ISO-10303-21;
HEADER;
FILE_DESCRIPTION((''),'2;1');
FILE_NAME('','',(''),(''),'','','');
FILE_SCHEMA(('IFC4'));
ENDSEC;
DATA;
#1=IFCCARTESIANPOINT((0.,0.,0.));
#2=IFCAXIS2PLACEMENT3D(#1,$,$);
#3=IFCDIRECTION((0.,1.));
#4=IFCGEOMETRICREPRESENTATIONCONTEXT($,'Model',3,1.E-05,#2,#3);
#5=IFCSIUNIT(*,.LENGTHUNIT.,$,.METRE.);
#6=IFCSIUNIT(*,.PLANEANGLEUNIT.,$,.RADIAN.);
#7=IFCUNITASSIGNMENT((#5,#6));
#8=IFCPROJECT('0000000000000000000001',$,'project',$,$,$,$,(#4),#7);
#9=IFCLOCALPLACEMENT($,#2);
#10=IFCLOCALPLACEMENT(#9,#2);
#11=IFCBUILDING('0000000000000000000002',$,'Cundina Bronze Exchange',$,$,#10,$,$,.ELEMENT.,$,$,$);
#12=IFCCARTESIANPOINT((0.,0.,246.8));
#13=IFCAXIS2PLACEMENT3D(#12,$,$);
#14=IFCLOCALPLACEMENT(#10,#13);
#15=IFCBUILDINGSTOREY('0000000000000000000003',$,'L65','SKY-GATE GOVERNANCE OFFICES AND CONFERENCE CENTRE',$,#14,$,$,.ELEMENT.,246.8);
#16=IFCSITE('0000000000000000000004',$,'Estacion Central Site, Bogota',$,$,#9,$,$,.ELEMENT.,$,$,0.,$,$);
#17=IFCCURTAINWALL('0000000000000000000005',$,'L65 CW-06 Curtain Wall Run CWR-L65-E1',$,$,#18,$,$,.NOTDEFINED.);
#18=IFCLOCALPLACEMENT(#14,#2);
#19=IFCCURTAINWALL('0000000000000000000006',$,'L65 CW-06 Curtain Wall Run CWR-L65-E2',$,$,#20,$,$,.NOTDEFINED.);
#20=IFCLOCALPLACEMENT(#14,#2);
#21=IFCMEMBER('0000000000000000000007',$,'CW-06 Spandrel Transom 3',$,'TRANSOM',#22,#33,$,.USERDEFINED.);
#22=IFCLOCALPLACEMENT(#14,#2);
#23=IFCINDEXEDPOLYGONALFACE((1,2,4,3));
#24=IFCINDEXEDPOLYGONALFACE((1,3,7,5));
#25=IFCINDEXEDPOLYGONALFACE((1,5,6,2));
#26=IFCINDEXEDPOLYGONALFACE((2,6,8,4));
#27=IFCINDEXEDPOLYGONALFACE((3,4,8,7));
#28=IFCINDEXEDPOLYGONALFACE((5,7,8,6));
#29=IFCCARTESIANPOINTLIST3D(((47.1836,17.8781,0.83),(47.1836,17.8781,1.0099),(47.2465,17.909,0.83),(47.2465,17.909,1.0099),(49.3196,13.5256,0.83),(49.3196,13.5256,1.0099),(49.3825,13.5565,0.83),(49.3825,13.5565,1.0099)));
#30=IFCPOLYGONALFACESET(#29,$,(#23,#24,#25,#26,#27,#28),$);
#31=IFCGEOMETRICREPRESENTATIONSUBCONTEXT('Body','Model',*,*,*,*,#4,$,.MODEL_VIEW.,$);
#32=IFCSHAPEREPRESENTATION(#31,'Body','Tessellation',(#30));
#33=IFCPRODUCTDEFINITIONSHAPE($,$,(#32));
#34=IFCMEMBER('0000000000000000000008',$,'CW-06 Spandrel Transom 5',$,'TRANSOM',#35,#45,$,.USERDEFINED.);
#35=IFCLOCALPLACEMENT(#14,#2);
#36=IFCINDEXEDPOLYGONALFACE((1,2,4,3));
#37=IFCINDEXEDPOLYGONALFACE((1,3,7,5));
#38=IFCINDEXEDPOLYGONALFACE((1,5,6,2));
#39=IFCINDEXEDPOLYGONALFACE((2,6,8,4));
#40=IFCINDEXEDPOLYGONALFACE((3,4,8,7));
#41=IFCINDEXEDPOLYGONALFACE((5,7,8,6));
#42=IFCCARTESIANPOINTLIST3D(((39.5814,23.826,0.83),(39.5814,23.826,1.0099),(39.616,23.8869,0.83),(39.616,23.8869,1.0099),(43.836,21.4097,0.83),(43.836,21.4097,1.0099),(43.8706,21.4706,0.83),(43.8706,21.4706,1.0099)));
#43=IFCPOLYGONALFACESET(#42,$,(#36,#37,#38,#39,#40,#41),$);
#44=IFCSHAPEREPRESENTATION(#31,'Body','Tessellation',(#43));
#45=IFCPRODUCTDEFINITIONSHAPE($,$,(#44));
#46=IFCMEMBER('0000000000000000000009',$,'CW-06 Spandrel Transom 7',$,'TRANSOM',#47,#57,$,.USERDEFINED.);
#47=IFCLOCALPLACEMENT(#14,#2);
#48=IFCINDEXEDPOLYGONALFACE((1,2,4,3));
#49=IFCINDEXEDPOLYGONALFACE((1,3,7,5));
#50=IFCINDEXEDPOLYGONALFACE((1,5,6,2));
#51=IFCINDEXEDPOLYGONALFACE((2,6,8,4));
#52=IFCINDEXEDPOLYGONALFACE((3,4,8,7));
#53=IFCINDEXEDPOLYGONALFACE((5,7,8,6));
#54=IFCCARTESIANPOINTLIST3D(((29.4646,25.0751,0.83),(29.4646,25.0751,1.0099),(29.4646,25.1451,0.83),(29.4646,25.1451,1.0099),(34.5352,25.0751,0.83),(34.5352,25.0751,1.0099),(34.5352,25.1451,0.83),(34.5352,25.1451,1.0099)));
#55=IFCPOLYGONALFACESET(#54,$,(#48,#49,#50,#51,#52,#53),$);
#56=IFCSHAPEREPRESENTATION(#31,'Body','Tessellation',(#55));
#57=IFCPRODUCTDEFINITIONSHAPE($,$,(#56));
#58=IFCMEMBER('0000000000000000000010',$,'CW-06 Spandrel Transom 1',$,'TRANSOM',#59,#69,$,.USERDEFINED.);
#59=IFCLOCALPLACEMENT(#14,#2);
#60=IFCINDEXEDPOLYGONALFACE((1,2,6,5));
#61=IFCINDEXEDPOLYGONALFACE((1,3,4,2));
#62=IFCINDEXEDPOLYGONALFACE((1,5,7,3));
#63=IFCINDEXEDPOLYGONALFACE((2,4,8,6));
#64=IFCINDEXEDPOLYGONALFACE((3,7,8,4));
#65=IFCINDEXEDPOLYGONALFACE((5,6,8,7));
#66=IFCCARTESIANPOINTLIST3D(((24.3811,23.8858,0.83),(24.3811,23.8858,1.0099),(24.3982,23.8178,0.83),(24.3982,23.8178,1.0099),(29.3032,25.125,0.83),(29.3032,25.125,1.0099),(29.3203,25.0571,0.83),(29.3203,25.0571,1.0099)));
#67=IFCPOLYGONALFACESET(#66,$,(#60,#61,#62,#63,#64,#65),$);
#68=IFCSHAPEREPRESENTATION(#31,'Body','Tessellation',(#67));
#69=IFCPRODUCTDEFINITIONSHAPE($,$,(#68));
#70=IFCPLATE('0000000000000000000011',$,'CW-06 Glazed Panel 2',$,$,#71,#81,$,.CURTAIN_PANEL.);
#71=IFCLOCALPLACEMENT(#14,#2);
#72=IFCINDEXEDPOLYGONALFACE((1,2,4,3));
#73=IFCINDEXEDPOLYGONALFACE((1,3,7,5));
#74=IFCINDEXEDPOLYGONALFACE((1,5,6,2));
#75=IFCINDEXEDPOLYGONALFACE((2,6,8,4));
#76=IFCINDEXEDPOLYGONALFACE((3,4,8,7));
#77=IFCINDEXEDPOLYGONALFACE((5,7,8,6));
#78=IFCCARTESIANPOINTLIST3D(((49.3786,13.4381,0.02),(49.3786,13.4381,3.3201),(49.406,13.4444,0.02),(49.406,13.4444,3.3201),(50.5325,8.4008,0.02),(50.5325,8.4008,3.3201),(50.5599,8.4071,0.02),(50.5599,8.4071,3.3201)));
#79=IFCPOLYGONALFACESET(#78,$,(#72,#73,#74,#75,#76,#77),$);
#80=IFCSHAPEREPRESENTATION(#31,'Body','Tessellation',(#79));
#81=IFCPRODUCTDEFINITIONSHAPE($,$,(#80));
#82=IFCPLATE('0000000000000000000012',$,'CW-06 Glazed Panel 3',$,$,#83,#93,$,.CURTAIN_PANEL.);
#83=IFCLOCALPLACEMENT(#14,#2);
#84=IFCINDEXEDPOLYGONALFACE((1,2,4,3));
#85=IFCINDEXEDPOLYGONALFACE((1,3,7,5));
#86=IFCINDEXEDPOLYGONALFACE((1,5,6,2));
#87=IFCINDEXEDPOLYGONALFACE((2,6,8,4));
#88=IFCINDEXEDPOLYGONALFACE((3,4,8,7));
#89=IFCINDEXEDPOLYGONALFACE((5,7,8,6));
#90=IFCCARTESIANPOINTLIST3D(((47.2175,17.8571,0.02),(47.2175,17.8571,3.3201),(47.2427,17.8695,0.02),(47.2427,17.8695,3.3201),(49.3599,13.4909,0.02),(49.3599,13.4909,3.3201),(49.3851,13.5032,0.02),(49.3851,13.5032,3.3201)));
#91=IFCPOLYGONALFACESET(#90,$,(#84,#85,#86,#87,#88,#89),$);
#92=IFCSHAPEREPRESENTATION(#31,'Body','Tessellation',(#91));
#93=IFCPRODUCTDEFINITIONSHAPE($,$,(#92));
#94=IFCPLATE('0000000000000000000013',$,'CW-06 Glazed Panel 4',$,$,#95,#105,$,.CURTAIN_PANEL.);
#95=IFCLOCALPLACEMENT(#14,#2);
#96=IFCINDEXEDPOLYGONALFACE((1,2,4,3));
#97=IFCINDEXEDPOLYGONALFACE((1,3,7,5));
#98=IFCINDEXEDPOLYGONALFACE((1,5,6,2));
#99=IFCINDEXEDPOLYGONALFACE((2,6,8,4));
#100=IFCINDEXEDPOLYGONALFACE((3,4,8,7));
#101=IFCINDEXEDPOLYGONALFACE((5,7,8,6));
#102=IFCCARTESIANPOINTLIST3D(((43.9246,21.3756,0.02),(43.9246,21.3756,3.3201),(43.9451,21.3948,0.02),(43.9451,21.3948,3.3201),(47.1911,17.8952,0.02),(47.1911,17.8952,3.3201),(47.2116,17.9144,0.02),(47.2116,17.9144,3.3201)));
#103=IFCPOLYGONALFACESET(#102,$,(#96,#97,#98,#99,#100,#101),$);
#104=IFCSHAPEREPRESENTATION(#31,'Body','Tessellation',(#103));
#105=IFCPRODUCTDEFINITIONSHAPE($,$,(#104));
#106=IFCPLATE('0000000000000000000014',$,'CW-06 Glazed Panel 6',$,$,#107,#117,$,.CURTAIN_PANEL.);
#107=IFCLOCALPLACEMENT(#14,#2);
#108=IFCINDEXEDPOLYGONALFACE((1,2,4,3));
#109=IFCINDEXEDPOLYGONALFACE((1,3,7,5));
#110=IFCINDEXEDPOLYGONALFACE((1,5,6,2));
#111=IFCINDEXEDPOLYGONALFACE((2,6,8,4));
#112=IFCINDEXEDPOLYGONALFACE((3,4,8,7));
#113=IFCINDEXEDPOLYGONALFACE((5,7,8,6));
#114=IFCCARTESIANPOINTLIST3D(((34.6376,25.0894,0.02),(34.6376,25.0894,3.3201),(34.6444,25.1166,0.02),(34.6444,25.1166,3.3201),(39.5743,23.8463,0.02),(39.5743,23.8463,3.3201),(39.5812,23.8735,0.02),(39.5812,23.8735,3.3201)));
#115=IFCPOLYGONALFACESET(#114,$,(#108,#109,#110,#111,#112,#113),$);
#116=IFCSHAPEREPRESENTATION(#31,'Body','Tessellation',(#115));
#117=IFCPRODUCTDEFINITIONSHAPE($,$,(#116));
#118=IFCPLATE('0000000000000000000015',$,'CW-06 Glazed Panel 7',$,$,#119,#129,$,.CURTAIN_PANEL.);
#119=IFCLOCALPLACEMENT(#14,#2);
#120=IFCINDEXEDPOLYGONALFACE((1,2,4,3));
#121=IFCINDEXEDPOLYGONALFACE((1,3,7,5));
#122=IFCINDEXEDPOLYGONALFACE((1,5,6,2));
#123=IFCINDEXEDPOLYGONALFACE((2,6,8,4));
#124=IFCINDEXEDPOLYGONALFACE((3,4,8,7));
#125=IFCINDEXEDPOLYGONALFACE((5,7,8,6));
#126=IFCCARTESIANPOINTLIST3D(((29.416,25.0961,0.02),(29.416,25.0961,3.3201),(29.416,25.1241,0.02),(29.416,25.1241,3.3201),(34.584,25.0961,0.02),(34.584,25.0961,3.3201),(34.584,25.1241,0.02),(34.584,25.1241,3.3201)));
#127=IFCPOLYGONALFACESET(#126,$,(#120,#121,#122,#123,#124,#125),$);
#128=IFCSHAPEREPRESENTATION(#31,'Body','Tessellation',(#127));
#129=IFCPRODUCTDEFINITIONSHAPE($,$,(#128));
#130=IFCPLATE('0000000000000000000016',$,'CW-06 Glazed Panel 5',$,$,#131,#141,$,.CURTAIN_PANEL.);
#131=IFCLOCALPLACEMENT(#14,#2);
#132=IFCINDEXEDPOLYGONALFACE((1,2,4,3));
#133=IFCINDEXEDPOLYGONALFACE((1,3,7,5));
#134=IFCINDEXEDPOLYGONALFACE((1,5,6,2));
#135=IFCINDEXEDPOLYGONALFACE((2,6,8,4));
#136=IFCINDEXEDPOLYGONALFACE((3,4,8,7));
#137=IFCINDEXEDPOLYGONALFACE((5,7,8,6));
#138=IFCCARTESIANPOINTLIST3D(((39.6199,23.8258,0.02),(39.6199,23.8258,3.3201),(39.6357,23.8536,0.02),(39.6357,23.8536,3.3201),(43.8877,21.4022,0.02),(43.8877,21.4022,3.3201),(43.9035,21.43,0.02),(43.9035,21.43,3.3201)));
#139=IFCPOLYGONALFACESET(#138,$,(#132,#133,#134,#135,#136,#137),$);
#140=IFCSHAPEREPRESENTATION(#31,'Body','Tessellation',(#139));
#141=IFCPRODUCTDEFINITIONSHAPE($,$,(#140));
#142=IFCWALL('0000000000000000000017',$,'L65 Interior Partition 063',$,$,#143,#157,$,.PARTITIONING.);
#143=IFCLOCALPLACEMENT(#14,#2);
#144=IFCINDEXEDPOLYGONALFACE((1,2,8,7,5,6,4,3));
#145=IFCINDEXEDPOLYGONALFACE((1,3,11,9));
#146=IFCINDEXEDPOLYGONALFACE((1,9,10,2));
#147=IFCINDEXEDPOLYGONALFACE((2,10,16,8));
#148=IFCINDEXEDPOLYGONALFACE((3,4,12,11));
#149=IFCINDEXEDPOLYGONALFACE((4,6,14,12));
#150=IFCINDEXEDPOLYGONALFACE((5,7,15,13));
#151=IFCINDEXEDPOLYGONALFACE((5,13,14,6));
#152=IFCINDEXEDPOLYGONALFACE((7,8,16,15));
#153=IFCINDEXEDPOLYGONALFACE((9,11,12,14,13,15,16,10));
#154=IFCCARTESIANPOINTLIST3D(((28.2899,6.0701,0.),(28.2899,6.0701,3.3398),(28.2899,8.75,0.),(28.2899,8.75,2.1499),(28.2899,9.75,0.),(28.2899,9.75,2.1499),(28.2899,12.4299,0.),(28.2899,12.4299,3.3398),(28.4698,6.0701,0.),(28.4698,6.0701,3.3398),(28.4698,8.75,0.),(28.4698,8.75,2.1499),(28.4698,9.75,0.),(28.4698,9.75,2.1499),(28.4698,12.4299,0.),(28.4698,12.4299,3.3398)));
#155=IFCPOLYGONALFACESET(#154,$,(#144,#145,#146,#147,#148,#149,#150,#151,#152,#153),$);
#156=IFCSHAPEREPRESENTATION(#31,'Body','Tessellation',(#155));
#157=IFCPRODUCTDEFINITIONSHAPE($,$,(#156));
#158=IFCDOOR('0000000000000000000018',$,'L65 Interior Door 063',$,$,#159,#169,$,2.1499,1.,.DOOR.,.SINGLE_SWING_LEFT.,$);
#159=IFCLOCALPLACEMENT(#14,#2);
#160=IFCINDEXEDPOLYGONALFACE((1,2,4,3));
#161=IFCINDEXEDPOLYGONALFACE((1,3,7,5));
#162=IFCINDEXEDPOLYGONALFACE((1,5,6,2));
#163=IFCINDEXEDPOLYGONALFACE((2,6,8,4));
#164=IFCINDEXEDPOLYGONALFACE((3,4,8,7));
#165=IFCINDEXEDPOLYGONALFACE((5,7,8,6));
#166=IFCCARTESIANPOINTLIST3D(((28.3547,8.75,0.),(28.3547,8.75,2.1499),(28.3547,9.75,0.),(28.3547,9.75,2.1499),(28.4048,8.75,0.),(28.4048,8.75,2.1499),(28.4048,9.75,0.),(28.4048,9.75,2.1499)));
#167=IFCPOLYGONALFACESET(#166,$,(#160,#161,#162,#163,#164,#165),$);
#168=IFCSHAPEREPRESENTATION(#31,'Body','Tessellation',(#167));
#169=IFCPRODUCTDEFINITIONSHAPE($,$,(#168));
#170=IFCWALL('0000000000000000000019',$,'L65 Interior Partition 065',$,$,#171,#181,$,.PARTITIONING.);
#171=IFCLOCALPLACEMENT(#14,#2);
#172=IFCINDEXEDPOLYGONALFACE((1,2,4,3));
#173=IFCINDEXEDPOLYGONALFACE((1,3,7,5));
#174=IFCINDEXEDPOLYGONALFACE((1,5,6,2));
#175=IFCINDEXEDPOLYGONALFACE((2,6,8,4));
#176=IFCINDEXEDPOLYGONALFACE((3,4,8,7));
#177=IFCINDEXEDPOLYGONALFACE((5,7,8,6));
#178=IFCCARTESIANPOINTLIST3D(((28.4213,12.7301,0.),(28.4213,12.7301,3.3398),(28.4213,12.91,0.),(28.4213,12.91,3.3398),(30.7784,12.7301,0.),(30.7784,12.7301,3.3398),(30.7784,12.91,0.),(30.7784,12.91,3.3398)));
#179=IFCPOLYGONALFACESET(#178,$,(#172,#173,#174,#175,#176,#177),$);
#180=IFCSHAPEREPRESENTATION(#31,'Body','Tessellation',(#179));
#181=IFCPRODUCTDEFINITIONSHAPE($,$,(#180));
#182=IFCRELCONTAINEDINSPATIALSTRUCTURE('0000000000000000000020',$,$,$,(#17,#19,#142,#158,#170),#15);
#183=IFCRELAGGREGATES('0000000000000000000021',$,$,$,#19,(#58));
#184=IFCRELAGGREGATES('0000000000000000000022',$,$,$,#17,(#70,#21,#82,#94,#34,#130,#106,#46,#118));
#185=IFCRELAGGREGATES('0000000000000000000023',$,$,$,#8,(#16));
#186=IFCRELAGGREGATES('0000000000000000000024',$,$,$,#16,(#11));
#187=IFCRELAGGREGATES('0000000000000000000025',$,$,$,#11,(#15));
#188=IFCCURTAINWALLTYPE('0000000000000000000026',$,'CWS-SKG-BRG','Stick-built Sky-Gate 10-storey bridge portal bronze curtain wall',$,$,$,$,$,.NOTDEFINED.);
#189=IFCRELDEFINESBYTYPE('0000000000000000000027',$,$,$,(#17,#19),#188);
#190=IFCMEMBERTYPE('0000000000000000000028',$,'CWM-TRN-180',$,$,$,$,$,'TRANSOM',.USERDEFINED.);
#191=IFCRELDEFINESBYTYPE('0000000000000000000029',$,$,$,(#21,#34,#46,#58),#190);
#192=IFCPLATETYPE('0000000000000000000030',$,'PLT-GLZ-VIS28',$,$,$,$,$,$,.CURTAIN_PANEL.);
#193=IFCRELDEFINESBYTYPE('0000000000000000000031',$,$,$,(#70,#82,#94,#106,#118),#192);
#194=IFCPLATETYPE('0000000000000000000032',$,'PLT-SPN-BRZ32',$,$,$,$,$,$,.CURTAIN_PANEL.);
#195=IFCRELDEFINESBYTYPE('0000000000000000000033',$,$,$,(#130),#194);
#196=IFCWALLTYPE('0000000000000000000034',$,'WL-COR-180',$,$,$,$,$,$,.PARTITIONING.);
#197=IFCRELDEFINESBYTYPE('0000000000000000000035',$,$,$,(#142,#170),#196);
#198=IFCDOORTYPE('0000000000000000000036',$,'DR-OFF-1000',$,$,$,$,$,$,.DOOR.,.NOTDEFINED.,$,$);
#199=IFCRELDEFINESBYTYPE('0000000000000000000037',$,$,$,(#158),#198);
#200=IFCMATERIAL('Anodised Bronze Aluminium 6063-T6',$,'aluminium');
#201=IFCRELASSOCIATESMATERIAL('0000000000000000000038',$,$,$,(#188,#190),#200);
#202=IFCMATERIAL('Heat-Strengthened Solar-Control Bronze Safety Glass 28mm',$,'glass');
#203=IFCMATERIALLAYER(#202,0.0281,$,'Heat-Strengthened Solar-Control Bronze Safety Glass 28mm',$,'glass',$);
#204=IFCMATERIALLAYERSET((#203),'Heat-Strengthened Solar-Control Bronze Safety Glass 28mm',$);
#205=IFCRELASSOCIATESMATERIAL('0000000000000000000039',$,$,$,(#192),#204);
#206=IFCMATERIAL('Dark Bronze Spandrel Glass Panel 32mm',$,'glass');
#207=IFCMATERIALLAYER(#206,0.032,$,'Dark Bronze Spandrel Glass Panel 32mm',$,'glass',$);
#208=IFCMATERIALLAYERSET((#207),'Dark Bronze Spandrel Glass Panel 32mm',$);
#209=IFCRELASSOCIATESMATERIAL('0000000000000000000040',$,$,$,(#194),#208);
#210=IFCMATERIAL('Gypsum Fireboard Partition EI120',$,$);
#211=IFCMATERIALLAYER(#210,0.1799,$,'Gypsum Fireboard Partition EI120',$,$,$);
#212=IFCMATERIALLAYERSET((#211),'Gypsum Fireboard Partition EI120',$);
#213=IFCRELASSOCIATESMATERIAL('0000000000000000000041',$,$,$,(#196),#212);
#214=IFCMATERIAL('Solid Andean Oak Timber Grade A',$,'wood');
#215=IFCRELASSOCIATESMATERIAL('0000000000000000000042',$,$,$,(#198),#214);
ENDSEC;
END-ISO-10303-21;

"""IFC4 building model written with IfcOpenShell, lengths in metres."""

from ifc_helpers import new_model, si_unit, direction, frame, frame_2d, origin, origin_2d, place, context, subcontext, project, spatial, rectangle, extrude, material, layer, layer_set, material_profile, profile_set, type_object, element, fill, aggregate, save


model = new_model("IFC4")

# Units and contexts
model_context = context("Model", 3, precision=1e-05, world=origin(), true_north=direction((0.0, 1.0)))
body_context = subcontext(model_context, "Body", "Model", "MODEL_VIEW")
ifc_project = project(units=[si_unit("LENGTHUNIT", "METRE"), si_unit("PLANEANGLEUNIT", "RADIAN")], contexts=[model_context])

# Site, building, storey
site_placement = place(None, origin())
site = spatial("IfcSite", under=ifc_project, at=site_placement, Name="Estacion Central Site, Bogota", CompositionType="ELEMENT", RefElevation=0.0)
building_placement = place(site_placement, origin())
building = spatial("IfcBuilding", under=site, at=building_placement, Name="Cundina Bronze Exchange", CompositionType="ELEMENT")
storey_placement = place(building_placement, frame((0.0, 0.0, 246.8)))
storey = spatial("IfcBuildingStorey", under=building, at=storey_placement, Name="L65", Description="SKY-GATE GOVERNANCE OFFICES AND CONFERENCE CENTRE", CompositionType="ELEMENT", Elevation=246.8)

# Curtain wall
ifc_material_1 = material(Name="Anodised Bronze Aluminium 6063-T6", Category="aluminium")
curtain_wall_type = type_object("IfcCurtainWallType", Name="CWS-SKG-BRG", Description="Stick-built Sky-Gate 10-storey bridge portal bronze curtain wall", PredefinedType="NOTDEFINED", material=ifc_material_1)
curtain_wall_1_placement = place(storey_placement, origin())
curtain_wall_1 = element("IfcCurtainWall", 1, at=curtain_wall_1_placement, inside=storey, type_object=curtain_wall_type, Name="L65 CW-06 Curtain Wall Run CWR-L65-E1", PredefinedType="NOTDEFINED")

# Curtain wall
curtain_wall_2_placement = place(storey_placement, origin())
curtain_wall_2 = element("IfcCurtainWall", 2, at=curtain_wall_2_placement, inside=storey, type_object=curtain_wall_type, Name="L65 CW-06 Curtain Wall Run CWR-L65-E2", PredefinedType="NOTDEFINED")

# Members
ifc_material_profile_1 = material_profile(ifc_material_1, rectangle(XDim=0.0701, YDim=0.1799, at=origin_2d()), Name="AL70X180", Category="aluminium")
ifc_profile_set_1 = profile_set([ifc_material_profile_1], Name="Anodised Bronze Aluminium 6063-T6")
member_type_1 = type_object("IfcMemberType", Name="CWM-TRN-180", ElementType="TRANSOM", PredefinedType="USERDEFINED", material=ifc_profile_set_1)
member_1_placement = place(storey_placement, frame((49.3511, 13.541, 0.9199), z_axis=(-0.440554, 0.897726, 0.0), x_axis=(-0.897726, -0.440554, 0.0)))
member_1 = element("IfcMember", 3, at=member_1_placement, type_object=member_type_1, Name="CW-06 Spandrel Transom 3", ObjectType="TRANSOM", PredefinedType="USERDEFINED", context=body_context, shape_type="SweptSolid", body=[
    extrude(rectangle(XDim=0.0701, YDim=0.1799, at=origin_2d()), origin(), (0.0, 0.0, 1.0), 4.8484),
])
member_2_placement = place(storey_placement, frame((43.8533, 21.4402, 0.9199), z_axis=(-0.869557, 0.493832, 0.0), x_axis=(-0.493832, -0.869557, 0.0)))
member_2 = element("IfcMember", 4, at=member_2_placement, type_object=member_type_1, Name="CW-06 Spandrel Transom 5", ObjectType="TRANSOM", PredefinedType="USERDEFINED", context=body_context, shape_type="SweptSolid", body=[
    extrude(rectangle(XDim=0.0701, YDim=0.1799, at=origin_2d()), origin(), (0.0, 0.0, 1.0), 4.8928),
])
member_3_placement = place(storey_placement, frame((34.5352, 25.1101, 0.9199), z_axis=(-1.0, 0.0, 0.0), x_axis=(0.0, -1.0, 0.0)))
member_3 = element("IfcMember", 5, at=member_3_placement, type_object=member_type_1, Name="CW-06 Spandrel Transom 7", ObjectType="TRANSOM", PredefinedType="USERDEFINED", context=body_context, shape_type="SweptSolid", body=[
    extrude(rectangle(XDim=0.0701, YDim=0.1799, at=origin_2d()), origin(), (0.0, 0.0, 1.0), 5.0706),
])
member_4_placement = place(storey_placement, frame((29.3118, 25.0911, 0.9199), z_axis=(-0.969737, -0.244154, 0.0), x_axis=(0.244154, -0.969737, 0.0)))
member_4 = element("IfcMember", 6, at=member_4_placement, type_object=member_type_1, Name="CW-06 Spandrel Transom 1", ObjectType="TRANSOM", PredefinedType="USERDEFINED", context=body_context, shape_type="SweptSolid", body=[
    extrude(rectangle(XDim=0.0701, YDim=0.1799, at=origin_2d()), origin(), (0.0, 0.0, 1.0), 5.0757),
])
aggregate(curtain_wall_2, [member_4])

# Plates
ifc_material_2 = material(Name="Heat-Strengthened Solar-Control Bronze Safety Glass 28mm", Category="glass")
ifc_layer_1 = layer(ifc_material_2, 0.0281, Name="Heat-Strengthened Solar-Control Bronze Safety Glass 28mm", Category="glass")
ifc_layer_set_1 = layer_set([ifc_layer_1], Name="Heat-Strengthened Solar-Control Bronze Safety Glass 28mm")
plate_type_1 = type_object("IfcPlateType", Name="PLT-GLZ-VIS28", PredefinedType="CURTAIN_PANEL", material=ifc_layer_set_1)
plate_1_placement = place(storey_placement, frame((49.9692, 10.9226, 0.02), z_axis=(0.0, 0.0, 1.0), x_axis=(-0.223284, 0.974753, 0.0)))
plate_1 = element("IfcPlate", 7, at=plate_1_placement, type_object=plate_type_1, Name="CW-06 Glazed Panel 2", PredefinedType="CURTAIN_PANEL", context=body_context, shape_type="SweptSolid", body=[
    extrude(rectangle(XDim=5.1677, YDim=0.0281, at=origin_2d()), origin(), (0.0, 0.0, 1.0), 3.3),
])
plate_2_placement = place(storey_placement, frame((48.3013, 15.6802, 0.02), z_axis=(0.0, 0.0, 1.0), x_axis=(-0.440503, 0.897751, 0.0)))
plate_2 = element("IfcPlate", 8, at=plate_2_placement, type_object=plate_type_1, Name="CW-06 Glazed Panel 3", PredefinedType="CURTAIN_PANEL", context=body_context, shape_type="SweptSolid", body=[
    extrude(rectangle(XDim=4.8635, YDim=0.0281, at=origin_2d()), origin(), (0.0, 0.0, 1.0), 3.3),
])
plate_3_placement = place(storey_placement, frame((45.5681, 19.645, 0.02), z_axis=(0.0, 0.0, 1.0), x_axis=(-0.684344, 0.72916, 0.0)))
plate_3 = element("IfcPlate", 9, at=plate_3_placement, type_object=plate_type_1, Name="CW-06 Glazed Panel 4", PredefinedType="CURTAIN_PANEL", context=body_context, shape_type="SweptSolid", body=[
    extrude(rectangle(XDim=4.7732, YDim=0.0281, at=origin_2d()), origin(), (0.0, 0.0, 1.0), 3.3),
])
plate_4_placement = place(storey_placement, frame((37.1094, 24.4814, 0.02), z_axis=(0.0, 0.0, 1.0), x_axis=(-0.969732, 0.244174, 0.0)))
plate_4 = element("IfcPlate", 10, at=plate_4_placement, type_object=plate_type_1, Name="CW-06 Glazed Panel 6", PredefinedType="CURTAIN_PANEL", context=body_context, shape_type="SweptSolid", body=[
    extrude(rectangle(XDim=5.0908, YDim=0.0281, at=origin_2d()), origin(), (0.0, 0.0, 1.0), 3.3),
])
plate_5_placement = place(storey_placement, frame((32.0, 25.1101, 0.02), z_axis=(0.0, 0.0, 1.0), x_axis=(-1.0, 0.0, 0.0)))
plate_5 = element("IfcPlate", 11, at=plate_5_placement, type_object=plate_type_1, Name="CW-06 Glazed Panel 7", PredefinedType="CURTAIN_PANEL", context=body_context, shape_type="SweptSolid", body=[
    extrude(rectangle(XDim=5.168, YDim=0.0281, at=origin_2d()), origin(), (0.0, 0.0, 1.0), 3.3),
])
ifc_material_3 = material(Name="Dark Bronze Spandrel Glass Panel 32mm", Category="glass")
ifc_layer_2 = layer(ifc_material_3, 0.032, Name="Dark Bronze Spandrel Glass Panel 32mm", Category="glass")
ifc_layer_set_2 = layer_set([ifc_layer_2], Name="Dark Bronze Spandrel Glass Panel 32mm")
plate_type_2 = type_object("IfcPlateType", Name="PLT-SPN-BRZ32", PredefinedType="CURTAIN_PANEL", material=ifc_layer_set_2)
plate_6_placement = place(storey_placement, frame((41.7617, 22.6279, 0.02), z_axis=(0.0, 0.0, 1.0), x_axis=(-0.869573, 0.493805, 0.0)))
plate_6 = element("IfcPlate", 12, at=plate_6_placement, type_object=plate_type_2, Name="CW-06 Glazed Panel 5", PredefinedType="CURTAIN_PANEL", context=body_context, shape_type="SweptSolid", body=[
    extrude(rectangle(XDim=4.908, YDim=0.032, at=origin_2d()), origin(), (0.0, 0.0, 1.0), 3.3),
])
aggregate(curtain_wall_1, [plate_1, member_1, plate_2, plate_3, member_2, plate_6, plate_4, member_3, plate_5])

# Wall, opening, door
ifc_material_4 = material(Name="Gypsum Fireboard Partition EI120")
ifc_layer_3 = layer(ifc_material_4, 0.1799, Name="Gypsum Fireboard Partition EI120")
ifc_layer_set_3 = layer_set([ifc_layer_3], Name="Gypsum Fireboard Partition EI120")
wall_type_1 = type_object("IfcWallType", Name="WL-COR-180", PredefinedType="PARTITIONING", material=ifc_layer_set_3)
wall_1_placement = place(storey_placement, frame((28.3799, 12.4299, 0.0), z_axis=(0.0, 0.0, 1.0), x_axis=(0.0, -1.0, 0.0)))
wall_1 = element("IfcWall", 13, at=wall_1_placement, inside=storey, type_object=wall_type_1, Name="L65 Interior Partition 063", PredefinedType="PARTITIONING", context=body_context, shape_type="SweptSolid", body=[
    extrude(rectangle(XDim=6.3599, YDim=0.1799, at=frame_2d((3.1799, 0.0))), origin(), (0.0, 0.0, 1.0), 3.3398),
])
opening_1_placement = place(wall_1_placement, frame((2.6799, 0.0, 0.0)))
opening_1 = element("IfcOpeningElement", 14, at=opening_1_placement, cuts=wall_1, PredefinedType="OPENING", context=body_context, shape_type="SweptSolid", body=[
    extrude(rectangle(XDim=1.0, YDim=2.1499, at=frame_2d((0.5, 1.075))), frame((0.0, 0.0999, 0.0), z_axis=(0.0, -1.0, 0.0), x_axis=(1.0, 0.0, 0.0)), (0.0, 0.0, 1.0), 0.2),
])
ifc_material_5 = material(Name="Solid Andean Oak Timber Grade A", Category="wood")
door_type = type_object("IfcDoorType", Name="DR-OFF-1000", OperationType="NOTDEFINED", PredefinedType="DOOR", material=ifc_material_5)
door_1_placement = place(opening_1_placement, origin())
door_1 = element("IfcDoor", 15, at=door_1_placement, inside=storey, type_object=door_type, Name="L65 Interior Door 063", OperationType="SINGLE_SWING_LEFT", OverallHeight=2.1499, OverallWidth=1.0, PredefinedType="DOOR", context=body_context, shape_type="SweptSolid", body=[
    extrude(rectangle(XDim=1.0, YDim=2.1499, at=frame_2d((0.5, 1.075))), frame((0.0, 0.0249, 0.0), z_axis=(0.0, -1.0, 0.0), x_axis=(1.0, 0.0, 0.0)), (0.0, 0.0, 1.0), 0.05),
])
fill(opening_1, door_1)

# Wall
wall_2_placement = place(storey_placement, frame((30.7786, 12.8201, 0.0), z_axis=(0.0, 0.0, 1.0), x_axis=(-1.0, 0.0, 0.0)))
element("IfcWall", 16, at=wall_2_placement, inside=storey, type_object=wall_type_1, Name="L65 Interior Partition 065", PredefinedType="PARTITIONING", context=body_context, shape_type="SweptSolid", body=[
    extrude(rectangle(XDim=2.3572, YDim=0.1799, at=frame_2d((1.1787, 0.0))), origin(), (0.0, 0.0, 1.0), 3.3398),
])

save(model, "model.ifc")
